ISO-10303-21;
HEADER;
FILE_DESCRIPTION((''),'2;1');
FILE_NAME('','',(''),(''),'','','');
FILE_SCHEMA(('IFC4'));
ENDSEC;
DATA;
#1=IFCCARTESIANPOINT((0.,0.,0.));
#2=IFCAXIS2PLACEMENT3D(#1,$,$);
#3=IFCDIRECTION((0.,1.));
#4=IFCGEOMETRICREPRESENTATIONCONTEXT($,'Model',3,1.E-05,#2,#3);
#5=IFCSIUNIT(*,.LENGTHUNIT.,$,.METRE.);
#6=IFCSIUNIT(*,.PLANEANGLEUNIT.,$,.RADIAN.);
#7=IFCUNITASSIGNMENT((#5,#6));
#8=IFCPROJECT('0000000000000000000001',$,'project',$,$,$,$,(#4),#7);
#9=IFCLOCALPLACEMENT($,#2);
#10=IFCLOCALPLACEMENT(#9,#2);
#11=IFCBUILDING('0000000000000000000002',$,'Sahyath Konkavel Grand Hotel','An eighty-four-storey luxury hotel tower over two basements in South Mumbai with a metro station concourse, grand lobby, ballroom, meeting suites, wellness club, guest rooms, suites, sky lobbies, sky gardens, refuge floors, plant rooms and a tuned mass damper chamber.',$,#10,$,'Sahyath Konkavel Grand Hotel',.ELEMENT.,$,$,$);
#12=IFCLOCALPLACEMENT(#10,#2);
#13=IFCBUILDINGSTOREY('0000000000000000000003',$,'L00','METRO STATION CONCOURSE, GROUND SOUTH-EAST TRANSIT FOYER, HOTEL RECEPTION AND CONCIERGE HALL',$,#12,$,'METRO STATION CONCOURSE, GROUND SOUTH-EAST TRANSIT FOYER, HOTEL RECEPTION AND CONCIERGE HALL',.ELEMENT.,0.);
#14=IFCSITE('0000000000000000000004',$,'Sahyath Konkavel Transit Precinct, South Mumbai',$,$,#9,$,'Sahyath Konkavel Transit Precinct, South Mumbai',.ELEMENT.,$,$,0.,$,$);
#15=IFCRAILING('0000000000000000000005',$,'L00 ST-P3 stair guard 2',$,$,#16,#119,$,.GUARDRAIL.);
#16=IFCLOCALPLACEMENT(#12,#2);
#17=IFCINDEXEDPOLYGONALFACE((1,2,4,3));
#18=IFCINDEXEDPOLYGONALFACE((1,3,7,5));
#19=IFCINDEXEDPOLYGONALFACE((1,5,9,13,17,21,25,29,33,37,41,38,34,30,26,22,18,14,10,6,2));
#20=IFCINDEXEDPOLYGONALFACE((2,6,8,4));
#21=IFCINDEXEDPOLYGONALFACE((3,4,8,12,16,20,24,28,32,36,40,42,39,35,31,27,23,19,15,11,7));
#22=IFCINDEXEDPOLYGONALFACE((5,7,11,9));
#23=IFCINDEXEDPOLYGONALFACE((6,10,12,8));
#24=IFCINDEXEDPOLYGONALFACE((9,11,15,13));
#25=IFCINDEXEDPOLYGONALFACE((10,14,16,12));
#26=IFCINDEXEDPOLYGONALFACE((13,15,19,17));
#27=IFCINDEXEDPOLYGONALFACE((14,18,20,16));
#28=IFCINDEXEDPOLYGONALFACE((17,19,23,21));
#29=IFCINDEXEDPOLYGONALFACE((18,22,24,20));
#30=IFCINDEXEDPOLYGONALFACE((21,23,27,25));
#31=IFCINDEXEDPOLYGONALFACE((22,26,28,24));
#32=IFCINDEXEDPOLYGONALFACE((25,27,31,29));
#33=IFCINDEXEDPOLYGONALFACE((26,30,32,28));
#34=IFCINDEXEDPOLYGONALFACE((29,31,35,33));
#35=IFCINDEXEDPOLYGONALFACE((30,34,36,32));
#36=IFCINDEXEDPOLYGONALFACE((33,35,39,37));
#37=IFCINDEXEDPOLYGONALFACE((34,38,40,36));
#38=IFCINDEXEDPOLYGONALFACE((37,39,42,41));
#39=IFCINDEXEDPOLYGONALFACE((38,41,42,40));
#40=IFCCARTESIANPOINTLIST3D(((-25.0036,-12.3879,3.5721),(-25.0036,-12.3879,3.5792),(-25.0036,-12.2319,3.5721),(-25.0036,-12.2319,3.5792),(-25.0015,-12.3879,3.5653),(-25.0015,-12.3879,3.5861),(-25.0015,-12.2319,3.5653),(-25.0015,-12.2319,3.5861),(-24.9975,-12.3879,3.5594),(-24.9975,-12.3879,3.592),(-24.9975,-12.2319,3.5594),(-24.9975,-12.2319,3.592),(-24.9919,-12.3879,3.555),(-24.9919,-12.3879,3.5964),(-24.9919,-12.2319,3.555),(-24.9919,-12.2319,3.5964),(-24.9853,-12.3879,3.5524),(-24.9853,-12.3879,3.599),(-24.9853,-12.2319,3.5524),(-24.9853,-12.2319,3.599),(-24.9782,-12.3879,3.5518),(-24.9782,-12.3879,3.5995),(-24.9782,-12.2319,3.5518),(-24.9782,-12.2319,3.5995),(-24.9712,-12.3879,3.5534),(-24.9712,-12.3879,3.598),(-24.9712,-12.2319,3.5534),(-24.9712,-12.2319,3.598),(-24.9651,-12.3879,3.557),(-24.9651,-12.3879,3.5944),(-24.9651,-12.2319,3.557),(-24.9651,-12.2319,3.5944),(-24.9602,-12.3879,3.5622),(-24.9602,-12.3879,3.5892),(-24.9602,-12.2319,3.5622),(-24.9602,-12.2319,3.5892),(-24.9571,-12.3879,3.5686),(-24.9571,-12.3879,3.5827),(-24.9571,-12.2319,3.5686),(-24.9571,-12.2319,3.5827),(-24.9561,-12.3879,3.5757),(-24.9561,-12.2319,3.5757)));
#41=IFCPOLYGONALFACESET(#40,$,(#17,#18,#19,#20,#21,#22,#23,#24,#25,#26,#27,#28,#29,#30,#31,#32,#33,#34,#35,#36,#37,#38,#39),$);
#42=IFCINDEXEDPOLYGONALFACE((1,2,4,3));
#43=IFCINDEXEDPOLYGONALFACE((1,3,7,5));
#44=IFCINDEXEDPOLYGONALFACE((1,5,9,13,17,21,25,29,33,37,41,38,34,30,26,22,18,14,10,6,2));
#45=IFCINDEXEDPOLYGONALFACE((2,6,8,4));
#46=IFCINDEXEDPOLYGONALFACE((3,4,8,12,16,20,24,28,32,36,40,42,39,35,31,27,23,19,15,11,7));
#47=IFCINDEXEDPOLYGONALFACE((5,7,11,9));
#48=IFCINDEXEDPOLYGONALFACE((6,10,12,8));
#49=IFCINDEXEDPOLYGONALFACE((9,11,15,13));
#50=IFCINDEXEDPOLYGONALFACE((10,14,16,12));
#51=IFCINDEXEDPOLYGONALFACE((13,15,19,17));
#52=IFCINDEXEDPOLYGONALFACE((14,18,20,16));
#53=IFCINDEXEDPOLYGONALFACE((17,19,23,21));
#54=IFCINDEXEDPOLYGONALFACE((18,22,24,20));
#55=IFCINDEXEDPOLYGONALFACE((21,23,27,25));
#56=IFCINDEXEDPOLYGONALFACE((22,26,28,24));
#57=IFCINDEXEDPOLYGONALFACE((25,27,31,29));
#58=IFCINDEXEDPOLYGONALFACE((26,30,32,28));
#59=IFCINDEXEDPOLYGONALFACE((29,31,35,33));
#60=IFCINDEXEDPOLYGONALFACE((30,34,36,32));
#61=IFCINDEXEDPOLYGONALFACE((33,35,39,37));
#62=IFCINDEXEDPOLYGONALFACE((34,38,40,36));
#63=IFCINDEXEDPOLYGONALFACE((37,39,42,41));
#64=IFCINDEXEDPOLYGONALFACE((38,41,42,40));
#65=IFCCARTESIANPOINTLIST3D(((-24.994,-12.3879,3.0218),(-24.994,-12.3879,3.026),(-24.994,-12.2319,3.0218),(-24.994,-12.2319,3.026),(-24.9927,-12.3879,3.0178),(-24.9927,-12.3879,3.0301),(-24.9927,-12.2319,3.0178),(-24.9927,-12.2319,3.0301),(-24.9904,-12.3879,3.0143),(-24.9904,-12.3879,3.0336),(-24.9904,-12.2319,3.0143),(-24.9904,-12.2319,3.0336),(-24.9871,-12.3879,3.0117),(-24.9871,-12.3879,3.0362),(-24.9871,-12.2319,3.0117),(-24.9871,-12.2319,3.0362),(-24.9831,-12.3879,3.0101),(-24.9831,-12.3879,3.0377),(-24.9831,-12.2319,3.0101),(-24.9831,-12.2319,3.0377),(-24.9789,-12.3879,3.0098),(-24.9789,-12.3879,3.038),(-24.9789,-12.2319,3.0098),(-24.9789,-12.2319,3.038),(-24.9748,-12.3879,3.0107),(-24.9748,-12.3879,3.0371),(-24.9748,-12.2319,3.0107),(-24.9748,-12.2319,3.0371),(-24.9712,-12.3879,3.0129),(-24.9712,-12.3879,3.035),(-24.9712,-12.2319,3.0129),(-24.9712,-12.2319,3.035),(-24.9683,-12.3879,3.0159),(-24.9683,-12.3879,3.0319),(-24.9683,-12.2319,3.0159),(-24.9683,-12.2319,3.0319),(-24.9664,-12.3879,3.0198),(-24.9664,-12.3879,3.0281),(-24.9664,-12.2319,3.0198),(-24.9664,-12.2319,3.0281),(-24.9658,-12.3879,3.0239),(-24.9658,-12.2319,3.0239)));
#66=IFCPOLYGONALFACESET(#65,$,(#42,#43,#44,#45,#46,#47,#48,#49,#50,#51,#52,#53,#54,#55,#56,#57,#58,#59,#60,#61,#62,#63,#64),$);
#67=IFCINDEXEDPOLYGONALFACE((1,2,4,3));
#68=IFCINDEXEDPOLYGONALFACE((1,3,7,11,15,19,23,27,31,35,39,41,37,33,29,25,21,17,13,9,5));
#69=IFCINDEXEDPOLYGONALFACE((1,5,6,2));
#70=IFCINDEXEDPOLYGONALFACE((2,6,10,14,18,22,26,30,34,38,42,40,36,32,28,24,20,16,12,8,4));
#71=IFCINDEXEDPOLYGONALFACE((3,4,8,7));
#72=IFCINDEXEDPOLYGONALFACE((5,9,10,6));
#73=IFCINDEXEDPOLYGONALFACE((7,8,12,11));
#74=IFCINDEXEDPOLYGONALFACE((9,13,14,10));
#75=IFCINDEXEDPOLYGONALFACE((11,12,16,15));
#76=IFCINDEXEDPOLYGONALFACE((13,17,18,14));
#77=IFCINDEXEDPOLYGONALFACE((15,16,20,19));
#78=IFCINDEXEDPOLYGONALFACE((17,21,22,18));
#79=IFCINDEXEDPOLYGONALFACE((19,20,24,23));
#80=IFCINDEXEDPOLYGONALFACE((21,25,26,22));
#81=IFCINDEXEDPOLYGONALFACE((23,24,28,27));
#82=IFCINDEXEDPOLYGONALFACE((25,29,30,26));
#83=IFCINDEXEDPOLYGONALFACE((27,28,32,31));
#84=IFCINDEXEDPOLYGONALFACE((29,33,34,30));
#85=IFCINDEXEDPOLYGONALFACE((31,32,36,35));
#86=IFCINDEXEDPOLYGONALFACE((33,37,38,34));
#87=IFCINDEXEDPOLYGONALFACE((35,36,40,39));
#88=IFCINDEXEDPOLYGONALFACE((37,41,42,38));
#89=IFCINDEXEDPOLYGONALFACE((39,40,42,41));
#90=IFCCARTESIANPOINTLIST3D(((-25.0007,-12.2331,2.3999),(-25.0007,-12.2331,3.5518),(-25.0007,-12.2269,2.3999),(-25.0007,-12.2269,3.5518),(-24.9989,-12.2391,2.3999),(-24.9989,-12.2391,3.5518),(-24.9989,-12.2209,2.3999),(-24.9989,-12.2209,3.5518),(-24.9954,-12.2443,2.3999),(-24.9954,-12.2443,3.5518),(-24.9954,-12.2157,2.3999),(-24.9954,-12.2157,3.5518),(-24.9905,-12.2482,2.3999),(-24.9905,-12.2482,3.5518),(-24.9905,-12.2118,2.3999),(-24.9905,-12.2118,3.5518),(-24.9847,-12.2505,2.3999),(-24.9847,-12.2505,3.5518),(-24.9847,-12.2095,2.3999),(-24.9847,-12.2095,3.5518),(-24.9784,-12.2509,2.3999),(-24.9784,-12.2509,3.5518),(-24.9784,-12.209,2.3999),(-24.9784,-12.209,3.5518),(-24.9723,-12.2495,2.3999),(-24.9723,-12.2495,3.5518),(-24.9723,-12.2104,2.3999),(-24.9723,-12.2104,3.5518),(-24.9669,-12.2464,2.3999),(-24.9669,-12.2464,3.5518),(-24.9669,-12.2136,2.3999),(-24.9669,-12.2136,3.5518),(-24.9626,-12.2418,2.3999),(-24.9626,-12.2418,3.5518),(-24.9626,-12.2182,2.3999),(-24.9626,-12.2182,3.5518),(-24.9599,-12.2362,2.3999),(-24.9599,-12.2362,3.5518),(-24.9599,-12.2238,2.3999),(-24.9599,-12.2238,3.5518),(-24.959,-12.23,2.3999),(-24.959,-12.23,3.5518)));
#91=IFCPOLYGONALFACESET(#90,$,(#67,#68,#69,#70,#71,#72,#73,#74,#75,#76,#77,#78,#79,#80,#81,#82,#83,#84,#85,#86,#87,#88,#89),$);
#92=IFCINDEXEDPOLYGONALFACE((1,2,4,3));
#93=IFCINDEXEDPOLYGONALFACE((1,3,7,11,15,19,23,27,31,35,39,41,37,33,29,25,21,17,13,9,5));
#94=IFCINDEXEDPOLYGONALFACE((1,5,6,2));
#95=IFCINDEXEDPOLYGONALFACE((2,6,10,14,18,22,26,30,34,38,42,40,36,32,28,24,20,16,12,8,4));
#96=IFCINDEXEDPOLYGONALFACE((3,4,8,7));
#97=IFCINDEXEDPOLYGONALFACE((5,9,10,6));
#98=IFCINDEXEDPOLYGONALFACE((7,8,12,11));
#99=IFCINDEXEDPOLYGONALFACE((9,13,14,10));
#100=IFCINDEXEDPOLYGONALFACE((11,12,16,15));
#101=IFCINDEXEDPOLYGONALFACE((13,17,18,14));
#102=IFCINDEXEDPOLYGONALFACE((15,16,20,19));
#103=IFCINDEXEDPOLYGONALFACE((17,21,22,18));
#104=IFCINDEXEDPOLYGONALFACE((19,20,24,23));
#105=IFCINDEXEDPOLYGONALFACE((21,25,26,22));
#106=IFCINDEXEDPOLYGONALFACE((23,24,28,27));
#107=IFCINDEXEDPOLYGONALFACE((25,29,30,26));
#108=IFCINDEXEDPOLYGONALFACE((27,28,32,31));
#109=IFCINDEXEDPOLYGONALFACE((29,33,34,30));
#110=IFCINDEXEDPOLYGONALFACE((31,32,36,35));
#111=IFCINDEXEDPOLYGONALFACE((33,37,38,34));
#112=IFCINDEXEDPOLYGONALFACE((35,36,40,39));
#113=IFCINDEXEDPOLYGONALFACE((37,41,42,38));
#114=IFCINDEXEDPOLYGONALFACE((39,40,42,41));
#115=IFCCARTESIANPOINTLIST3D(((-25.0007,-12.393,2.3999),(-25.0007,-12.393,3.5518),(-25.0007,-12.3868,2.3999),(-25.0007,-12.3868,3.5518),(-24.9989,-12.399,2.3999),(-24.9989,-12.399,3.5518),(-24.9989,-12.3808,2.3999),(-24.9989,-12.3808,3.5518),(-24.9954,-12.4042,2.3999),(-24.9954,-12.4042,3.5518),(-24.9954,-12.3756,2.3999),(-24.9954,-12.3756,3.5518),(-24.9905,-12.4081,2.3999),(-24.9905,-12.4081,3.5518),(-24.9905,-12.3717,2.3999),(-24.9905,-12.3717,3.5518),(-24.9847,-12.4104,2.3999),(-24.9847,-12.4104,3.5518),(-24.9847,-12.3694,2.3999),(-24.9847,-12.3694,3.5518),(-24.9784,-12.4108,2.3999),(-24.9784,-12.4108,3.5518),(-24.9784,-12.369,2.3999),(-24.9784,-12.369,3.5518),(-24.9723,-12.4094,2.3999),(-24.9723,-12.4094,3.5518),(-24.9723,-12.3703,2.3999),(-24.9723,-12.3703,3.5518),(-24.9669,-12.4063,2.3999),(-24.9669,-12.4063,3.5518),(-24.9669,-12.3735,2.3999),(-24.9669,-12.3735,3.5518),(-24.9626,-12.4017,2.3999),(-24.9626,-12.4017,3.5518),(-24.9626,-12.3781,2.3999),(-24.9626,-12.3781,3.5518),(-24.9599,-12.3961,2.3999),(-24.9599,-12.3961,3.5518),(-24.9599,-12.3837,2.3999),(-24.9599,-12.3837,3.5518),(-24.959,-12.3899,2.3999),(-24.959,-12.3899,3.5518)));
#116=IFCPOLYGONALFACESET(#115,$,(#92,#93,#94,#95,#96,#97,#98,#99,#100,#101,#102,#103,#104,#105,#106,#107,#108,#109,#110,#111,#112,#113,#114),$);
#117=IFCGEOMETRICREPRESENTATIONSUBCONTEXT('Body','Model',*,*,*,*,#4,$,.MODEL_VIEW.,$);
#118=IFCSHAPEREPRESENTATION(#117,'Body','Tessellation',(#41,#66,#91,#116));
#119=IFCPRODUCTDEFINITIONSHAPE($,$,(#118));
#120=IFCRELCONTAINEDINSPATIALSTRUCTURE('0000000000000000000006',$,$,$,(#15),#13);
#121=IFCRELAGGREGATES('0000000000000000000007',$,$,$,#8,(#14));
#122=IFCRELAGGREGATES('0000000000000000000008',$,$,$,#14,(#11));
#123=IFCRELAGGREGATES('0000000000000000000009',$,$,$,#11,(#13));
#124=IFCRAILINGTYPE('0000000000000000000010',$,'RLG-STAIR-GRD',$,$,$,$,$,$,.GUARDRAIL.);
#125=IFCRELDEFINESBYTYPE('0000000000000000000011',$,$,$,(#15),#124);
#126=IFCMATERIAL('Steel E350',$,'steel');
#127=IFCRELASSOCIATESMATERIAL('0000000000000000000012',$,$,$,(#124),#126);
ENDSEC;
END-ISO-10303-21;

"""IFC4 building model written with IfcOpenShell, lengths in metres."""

from ifc_helpers import new_model, si_unit, direction, frame, origin, origin_2d, place, context, subcontext, project, spatial, circle, extrude, material, type_object, element, save


model = new_model("IFC4")

# Units and contexts
model_context = context("Model", 3, precision=1e-05, world=origin(), true_north=direction((0.0, 1.0)))
body_context = subcontext(model_context, "Body", "Model", "MODEL_VIEW")
ifc_project = project(units=[si_unit("LENGTHUNIT", "METRE"), si_unit("PLANEANGLEUNIT", "RADIAN")], contexts=[model_context])

# Site, building, storey
site_placement = place(None, origin())
site = spatial("IfcSite", under=ifc_project, at=site_placement, Name="Sahyath Konkavel Transit Precinct, South Mumbai", LongName="Sahyath Konkavel Transit Precinct, South Mumbai", CompositionType="ELEMENT", RefElevation=0.0)
building_placement = place(site_placement, origin())
building = spatial("IfcBuilding", under=site, at=building_placement, Name="Sahyath Konkavel Grand Hotel", Description="An eighty-four-storey luxury hotel tower over two basements in South Mumbai with a metro station concourse, grand lobby, ballroom, meeting suites, wellness club, guest rooms, suites, sky lobbies, sky gardens, refuge floors, plant rooms and a tuned mass damper chamber.", LongName="Sahyath Konkavel Grand Hotel", CompositionType="ELEMENT")
storey_placement = place(building_placement, origin())
storey = spatial("IfcBuildingStorey", under=building, at=storey_placement, Name="L00", Description="METRO STATION CONCOURSE, GROUND SOUTH-EAST TRANSIT FOYER, HOTEL RECEPTION AND CONCIERGE HALL", LongName="METRO STATION CONCOURSE, GROUND SOUTH-EAST TRANSIT FOYER, HOTEL RECEPTION AND CONCIERGE HALL", CompositionType="ELEMENT", Elevation=0.0)

# Shared definitions
ifc_material_1 = material(Name="Steel E350", Category="steel")

# Railing
railing_type_1 = type_object("IfcRailingType", Name="RLG-STAIR-GRD", PredefinedType="GUARDRAIL", material=ifc_material_1)
railing_1_placement = place(storey_placement, frame((-24.98, -12.23, 2.3999)))
element("IfcRailing", 1, at=railing_1_placement, inside=storey, type_object=railing_type_1, Name="L00 ST-P3 stair guard 2", PredefinedType="GUARDRAIL", context=body_context, shape_type="SweptSolid", body=[
    extrude(circle(Radius=0.0239, at=origin_2d()), frame((0.0, -0.002, 1.1758), z_axis=(0.0, -1.0, 0.0), x_axis=(1.0, 0.0, 0.0)), (0.0, 0.0, 1.0), 0.156),
    extrude(circle(Radius=0.0142, at=origin_2d()), frame((0.0, -0.002, 0.624), z_axis=(0.0, -1.0, 0.0), x_axis=(1.0, 0.0, 0.0)), (0.0, 0.0, 1.0), 0.156),
    extrude(circle(Radius=0.021, at=origin_2d()), origin(), (0.0, 0.0, 1.0), 1.1519),
    extrude(circle(Radius=0.021, at=origin_2d()), frame((0.0, -0.1599, 0.0)), (0.0, 0.0, 1.0), 1.1519),
])

save(model, "model.ifc")
